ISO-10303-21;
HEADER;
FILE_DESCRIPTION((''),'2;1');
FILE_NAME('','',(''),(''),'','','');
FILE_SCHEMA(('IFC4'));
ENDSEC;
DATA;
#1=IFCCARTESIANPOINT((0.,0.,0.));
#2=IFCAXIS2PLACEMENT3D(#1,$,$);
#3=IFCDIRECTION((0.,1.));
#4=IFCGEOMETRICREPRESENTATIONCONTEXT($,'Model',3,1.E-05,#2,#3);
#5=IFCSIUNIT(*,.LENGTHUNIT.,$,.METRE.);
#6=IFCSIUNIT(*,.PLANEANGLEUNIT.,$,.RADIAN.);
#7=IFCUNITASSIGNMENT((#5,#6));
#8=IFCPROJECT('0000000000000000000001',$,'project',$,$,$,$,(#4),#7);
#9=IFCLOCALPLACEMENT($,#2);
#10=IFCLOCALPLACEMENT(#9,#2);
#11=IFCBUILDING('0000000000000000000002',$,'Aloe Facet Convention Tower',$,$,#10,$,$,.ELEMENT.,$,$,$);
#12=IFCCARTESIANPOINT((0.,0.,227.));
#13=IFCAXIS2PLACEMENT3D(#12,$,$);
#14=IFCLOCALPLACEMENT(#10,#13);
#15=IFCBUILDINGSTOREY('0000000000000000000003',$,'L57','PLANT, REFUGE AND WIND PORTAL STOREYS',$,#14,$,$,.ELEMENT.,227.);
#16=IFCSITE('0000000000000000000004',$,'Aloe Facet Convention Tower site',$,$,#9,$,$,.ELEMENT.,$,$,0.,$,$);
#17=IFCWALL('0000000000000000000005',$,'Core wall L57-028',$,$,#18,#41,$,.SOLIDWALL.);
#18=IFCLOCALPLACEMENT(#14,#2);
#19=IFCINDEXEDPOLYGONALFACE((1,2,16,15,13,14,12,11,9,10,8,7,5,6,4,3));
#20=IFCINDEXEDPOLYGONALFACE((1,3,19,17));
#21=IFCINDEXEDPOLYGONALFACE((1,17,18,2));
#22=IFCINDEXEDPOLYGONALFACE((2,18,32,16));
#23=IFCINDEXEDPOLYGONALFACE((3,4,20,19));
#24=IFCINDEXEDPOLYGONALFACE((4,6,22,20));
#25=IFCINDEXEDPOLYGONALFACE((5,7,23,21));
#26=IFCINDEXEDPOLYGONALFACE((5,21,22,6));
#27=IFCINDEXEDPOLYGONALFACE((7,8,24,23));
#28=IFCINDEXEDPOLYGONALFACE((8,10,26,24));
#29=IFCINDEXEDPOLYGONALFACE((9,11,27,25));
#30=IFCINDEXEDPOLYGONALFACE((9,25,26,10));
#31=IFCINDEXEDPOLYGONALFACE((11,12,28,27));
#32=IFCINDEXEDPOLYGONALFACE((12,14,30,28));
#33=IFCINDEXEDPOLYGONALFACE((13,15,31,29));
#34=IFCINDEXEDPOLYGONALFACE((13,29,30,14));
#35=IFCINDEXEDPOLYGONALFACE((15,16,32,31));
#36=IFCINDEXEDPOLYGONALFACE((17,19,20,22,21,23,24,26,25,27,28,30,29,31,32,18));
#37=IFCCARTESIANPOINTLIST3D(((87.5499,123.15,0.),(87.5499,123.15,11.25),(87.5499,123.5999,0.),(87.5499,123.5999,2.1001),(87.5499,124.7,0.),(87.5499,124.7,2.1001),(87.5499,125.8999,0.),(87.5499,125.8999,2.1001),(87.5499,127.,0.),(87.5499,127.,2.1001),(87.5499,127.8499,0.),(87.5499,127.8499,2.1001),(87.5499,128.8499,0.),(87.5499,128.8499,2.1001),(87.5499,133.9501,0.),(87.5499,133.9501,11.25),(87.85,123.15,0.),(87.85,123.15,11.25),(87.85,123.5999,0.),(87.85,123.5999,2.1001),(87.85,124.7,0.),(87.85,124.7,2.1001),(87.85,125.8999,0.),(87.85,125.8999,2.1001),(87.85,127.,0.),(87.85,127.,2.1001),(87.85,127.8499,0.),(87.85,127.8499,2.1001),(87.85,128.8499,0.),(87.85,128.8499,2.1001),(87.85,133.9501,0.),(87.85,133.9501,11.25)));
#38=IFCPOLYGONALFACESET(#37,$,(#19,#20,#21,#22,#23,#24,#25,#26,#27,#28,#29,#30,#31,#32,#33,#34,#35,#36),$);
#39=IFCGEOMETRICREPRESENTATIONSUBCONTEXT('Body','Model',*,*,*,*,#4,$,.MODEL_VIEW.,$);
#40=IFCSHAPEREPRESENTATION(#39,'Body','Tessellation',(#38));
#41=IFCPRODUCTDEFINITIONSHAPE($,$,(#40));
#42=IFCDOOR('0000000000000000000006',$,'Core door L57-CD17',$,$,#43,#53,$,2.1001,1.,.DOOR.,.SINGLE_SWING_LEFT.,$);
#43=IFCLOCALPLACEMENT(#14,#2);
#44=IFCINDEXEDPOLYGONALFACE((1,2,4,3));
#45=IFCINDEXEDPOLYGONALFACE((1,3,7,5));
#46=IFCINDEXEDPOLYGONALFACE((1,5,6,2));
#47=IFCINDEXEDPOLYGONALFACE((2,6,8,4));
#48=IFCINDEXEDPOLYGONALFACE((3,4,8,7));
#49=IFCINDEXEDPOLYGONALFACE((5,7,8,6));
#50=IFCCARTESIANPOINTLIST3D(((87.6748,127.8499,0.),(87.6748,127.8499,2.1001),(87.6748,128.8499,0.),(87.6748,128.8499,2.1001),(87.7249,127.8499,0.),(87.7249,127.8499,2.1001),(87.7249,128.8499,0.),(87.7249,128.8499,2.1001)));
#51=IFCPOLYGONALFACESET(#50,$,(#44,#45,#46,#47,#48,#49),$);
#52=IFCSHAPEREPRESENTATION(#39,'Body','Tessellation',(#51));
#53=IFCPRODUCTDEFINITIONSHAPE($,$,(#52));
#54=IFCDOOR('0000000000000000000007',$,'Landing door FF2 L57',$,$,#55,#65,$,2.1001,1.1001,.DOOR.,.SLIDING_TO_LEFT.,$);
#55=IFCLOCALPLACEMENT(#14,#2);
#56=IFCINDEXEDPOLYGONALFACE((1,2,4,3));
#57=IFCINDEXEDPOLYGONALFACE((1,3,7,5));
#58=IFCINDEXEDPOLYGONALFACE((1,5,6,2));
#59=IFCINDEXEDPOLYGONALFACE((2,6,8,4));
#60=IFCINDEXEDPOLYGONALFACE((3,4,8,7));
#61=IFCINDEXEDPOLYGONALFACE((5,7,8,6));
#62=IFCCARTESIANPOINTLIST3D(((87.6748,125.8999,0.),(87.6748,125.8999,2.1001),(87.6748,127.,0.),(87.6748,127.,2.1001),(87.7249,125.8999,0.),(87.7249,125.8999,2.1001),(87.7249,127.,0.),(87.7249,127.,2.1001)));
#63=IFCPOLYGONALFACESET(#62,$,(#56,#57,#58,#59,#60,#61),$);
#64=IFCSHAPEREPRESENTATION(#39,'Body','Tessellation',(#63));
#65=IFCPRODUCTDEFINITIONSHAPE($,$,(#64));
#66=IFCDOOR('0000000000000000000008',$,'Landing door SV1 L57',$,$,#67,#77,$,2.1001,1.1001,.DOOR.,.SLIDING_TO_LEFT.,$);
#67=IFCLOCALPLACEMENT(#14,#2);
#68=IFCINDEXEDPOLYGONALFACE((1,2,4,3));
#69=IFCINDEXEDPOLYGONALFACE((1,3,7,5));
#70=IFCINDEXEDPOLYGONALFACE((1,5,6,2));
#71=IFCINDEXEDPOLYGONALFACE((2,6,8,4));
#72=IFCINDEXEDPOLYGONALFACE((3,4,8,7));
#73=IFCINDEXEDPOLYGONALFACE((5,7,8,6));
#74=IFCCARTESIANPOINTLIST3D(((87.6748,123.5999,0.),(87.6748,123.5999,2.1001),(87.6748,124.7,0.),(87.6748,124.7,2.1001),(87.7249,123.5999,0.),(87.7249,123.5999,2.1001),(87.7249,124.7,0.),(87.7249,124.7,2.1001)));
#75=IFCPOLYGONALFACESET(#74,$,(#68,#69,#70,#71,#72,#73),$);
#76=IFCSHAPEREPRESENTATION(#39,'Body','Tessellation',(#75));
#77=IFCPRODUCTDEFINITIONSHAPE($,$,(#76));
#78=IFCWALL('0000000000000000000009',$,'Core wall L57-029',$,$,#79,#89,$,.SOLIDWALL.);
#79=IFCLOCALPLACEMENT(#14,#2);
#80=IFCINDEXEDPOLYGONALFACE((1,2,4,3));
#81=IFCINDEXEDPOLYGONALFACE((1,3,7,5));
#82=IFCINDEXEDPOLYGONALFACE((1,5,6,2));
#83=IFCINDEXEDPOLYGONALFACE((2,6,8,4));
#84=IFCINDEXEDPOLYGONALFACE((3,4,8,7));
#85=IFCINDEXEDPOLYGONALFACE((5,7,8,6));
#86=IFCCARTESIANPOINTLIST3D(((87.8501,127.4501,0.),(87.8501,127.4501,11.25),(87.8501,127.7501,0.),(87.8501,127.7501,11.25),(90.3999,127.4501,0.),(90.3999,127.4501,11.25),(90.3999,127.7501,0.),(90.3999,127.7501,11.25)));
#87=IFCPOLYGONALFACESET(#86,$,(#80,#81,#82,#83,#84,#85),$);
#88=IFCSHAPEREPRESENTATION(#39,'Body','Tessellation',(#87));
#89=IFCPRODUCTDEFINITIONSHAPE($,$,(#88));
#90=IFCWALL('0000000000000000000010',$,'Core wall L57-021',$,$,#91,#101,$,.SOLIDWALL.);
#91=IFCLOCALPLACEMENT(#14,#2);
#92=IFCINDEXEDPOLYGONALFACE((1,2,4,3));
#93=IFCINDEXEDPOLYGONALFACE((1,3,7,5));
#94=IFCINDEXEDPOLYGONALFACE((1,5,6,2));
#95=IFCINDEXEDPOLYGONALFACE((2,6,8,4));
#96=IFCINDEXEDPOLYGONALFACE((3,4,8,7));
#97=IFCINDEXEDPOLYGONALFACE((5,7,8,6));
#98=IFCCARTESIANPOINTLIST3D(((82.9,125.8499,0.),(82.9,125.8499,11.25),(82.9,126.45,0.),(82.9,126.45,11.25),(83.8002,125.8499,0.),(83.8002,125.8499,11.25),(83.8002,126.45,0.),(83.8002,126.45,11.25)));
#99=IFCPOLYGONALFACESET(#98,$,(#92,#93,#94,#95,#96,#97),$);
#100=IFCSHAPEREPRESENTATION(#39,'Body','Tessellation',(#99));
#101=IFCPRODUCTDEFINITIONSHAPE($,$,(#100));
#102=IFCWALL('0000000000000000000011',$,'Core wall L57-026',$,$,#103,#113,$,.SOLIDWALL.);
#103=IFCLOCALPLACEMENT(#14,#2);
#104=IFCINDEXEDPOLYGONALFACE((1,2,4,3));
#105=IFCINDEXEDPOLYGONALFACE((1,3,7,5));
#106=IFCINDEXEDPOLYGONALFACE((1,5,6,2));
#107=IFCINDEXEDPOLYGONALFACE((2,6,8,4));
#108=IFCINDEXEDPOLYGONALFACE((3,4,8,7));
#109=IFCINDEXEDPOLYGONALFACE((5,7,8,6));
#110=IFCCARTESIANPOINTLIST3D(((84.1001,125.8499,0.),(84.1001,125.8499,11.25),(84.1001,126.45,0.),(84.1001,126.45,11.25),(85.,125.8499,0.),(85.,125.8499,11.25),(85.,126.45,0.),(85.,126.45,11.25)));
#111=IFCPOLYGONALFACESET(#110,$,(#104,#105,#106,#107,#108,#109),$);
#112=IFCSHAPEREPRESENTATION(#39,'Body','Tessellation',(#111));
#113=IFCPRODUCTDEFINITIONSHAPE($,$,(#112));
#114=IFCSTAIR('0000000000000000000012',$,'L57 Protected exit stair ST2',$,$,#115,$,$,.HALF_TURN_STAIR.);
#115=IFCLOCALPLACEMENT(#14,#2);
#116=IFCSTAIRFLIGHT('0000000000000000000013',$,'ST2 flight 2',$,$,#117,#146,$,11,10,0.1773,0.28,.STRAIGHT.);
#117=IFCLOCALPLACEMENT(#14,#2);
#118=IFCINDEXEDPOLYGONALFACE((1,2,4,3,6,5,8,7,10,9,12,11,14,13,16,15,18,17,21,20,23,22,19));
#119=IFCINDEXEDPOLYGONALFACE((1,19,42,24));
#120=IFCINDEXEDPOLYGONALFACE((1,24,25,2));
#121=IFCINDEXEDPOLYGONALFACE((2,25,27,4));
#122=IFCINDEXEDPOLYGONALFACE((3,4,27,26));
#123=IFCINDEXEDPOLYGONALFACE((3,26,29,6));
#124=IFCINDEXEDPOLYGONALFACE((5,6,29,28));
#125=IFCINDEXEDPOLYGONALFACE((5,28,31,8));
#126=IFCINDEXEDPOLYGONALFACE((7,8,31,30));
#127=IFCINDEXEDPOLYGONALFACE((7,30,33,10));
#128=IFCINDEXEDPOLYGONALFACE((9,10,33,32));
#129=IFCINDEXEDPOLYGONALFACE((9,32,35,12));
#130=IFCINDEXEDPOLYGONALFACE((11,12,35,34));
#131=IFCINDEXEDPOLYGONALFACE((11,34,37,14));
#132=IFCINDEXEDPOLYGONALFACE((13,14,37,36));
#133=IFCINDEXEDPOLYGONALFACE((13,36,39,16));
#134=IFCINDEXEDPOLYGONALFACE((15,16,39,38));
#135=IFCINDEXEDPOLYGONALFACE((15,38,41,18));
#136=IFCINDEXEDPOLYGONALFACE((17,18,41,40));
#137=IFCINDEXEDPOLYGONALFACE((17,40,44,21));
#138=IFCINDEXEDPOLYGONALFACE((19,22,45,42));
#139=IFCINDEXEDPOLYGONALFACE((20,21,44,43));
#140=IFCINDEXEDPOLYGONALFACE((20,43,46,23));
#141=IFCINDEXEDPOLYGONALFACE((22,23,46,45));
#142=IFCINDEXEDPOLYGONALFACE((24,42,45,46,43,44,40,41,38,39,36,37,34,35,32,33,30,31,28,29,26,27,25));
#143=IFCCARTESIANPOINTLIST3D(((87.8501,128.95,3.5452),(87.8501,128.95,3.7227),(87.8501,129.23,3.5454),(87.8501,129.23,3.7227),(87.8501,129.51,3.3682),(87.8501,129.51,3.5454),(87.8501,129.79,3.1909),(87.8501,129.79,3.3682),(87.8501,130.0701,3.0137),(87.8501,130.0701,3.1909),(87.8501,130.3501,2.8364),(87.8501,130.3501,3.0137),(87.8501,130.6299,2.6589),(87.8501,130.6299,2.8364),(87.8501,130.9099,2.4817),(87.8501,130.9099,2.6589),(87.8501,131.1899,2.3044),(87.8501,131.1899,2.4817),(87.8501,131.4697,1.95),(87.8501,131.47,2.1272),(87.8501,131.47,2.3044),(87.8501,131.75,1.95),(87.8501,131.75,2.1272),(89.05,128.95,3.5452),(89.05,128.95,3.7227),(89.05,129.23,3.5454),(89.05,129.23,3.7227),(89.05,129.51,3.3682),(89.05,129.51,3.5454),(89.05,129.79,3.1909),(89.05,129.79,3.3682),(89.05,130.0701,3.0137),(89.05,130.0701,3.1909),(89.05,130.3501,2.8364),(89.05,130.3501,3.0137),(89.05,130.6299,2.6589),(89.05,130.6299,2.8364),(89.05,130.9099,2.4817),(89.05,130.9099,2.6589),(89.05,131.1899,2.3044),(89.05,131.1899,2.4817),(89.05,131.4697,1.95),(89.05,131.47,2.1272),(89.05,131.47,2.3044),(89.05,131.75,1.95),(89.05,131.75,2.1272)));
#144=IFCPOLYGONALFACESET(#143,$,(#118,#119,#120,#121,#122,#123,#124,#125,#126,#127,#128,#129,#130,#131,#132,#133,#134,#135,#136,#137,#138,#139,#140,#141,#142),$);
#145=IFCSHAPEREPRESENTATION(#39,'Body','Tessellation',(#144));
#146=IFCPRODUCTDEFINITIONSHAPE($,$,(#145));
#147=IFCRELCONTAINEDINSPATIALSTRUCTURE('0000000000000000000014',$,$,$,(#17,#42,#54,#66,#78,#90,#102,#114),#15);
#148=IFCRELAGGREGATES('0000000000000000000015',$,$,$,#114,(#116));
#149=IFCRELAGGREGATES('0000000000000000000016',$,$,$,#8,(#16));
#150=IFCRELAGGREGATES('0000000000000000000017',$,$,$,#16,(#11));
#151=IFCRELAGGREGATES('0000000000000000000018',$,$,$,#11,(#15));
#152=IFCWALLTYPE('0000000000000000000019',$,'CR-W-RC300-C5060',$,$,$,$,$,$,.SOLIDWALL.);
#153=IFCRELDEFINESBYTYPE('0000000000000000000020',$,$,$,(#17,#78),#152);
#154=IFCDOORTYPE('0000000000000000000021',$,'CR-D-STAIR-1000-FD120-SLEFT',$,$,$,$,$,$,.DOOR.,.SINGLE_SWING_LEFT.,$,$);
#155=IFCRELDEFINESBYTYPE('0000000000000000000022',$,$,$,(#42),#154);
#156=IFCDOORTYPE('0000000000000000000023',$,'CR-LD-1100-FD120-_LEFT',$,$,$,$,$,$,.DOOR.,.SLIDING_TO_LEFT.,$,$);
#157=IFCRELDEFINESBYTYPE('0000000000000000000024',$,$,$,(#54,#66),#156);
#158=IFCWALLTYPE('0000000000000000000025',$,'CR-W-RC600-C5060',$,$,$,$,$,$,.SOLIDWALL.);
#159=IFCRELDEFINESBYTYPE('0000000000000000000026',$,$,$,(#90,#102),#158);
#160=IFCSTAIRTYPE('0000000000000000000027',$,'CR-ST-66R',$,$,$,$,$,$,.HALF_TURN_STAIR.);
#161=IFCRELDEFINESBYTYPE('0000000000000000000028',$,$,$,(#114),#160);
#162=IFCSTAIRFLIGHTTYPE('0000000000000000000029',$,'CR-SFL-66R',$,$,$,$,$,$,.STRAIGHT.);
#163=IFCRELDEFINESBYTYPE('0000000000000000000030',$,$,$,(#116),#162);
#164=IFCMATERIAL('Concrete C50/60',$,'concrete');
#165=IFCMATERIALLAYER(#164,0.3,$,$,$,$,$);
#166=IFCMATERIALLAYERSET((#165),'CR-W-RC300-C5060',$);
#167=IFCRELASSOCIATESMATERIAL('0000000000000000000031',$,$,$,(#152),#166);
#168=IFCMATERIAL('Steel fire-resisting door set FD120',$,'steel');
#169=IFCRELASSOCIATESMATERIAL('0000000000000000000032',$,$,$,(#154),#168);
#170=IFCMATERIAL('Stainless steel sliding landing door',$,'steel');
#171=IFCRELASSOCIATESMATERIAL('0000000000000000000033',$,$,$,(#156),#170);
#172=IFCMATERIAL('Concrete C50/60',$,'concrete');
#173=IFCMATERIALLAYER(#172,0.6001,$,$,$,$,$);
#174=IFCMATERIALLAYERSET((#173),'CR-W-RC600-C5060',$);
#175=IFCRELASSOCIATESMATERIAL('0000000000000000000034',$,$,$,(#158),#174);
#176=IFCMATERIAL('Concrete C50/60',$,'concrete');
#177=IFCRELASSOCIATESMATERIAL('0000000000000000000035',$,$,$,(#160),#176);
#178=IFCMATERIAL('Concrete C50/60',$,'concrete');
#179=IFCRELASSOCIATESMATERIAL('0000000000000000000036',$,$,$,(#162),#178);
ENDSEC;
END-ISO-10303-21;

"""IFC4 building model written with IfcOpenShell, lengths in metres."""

from ifc_helpers import new_model, si_unit, direction, frame, frame_2d, origin, place, context, subcontext, project, spatial, polyline, rectangle, outline, extrude, material, layer, layer_set, type_object, element, fill, aggregate, save


model = new_model("IFC4")

# Units and contexts
model_context = context("Model", 3, precision=1e-05, world=origin(), true_north=direction((0.0, 1.0)))
body_context = subcontext(model_context, "Body", "Model", "MODEL_VIEW")
ifc_project = project(units=[si_unit("LENGTHUNIT", "METRE"), si_unit("PLANEANGLEUNIT", "RADIAN")], contexts=[model_context])

# Site, building, storey
site_placement = place(None, origin())
site = spatial("IfcSite", under=ifc_project, at=site_placement, Name="Aloe Facet Convention Tower site", CompositionType="ELEMENT", RefElevation=0.0)
building_placement = place(site_placement, origin())
building = spatial("IfcBuilding", under=site, at=building_placement, Name="Aloe Facet Convention Tower", CompositionType="ELEMENT")
storey_placement = place(building_placement, frame((0.0, 0.0, 227.0)))
storey = spatial("IfcBuildingStorey", under=building, at=storey_placement, Name="L57", Description="PLANT, REFUGE AND WIND PORTAL STOREYS", CompositionType="ELEMENT", Elevation=227.0)

# Shared definitions
ifc_material_1 = material(Name="Concrete C50/60", Category="concrete")
ifc_layer_1 = layer(ifc_material_1, 0.3)
ifc_layer_set_1 = layer_set([ifc_layer_1], Name="CR-W-RC300-C5060")
wall_type_1 = type_object("IfcWallType", Name="CR-W-RC300-C5060", PredefinedType="SOLIDWALL", material=ifc_layer_set_1)

# Wall, openings, doors
wall_1_placement = place(storey_placement, frame((87.7, 133.95, 0.0), z_axis=(0.0, 0.0, 1.0), x_axis=(0.0, -1.0, 0.0)))
wall_1 = element("IfcWall", 1, at=wall_1_placement, inside=storey, type_object=wall_type_1, Name="Core wall L57-028", PredefinedType="SOLIDWALL", context=body_context, shape_type="SweptSolid", body=[
    extrude(rectangle(XDim=10.8, YDim=0.3, at=frame_2d((5.3999, 0.0))), origin(), (0.0, 0.0, 1.0), 11.25),
])
opening_1_placement = place(wall_1_placement, frame((6.95, 0.0, 0.0)))
opening_1 = element("IfcOpeningElement", 2, at=opening_1_placement, cuts=wall_1, PredefinedType="OPENING", context=body_context, shape_type="SweptSolid", body=[
    extrude(rectangle(XDim=1.1001, YDim=2.1001, at=frame_2d((0.55, 1.05))), frame((0.0, 0.1602, 0.0), z_axis=(0.0, -1.0, 0.0), x_axis=(1.0, 0.0, 0.0)), (0.0, 0.0, 1.0), 0.3201),
])
opening_2_placement = place(wall_1_placement, frame((5.1001, 0.0, 0.0)))
opening_2 = element("IfcOpeningElement", 3, at=opening_2_placement, cuts=wall_1, PredefinedType="OPENING", context=body_context, shape_type="SweptSolid", body=[
    extrude(rectangle(XDim=1.0, YDim=2.1001, at=frame_2d((0.5, 1.05))), frame((0.0, 0.1602, 0.0), z_axis=(0.0, -1.0, 0.0), x_axis=(1.0, 0.0, 0.0)), (0.0, 0.0, 1.0), 0.3201),
])
opening_3_placement = place(wall_1_placement, frame((9.25, 0.0, 0.0)))
opening_3 = element("IfcOpeningElement", 4, at=opening_3_placement, cuts=wall_1, PredefinedType="OPENING", context=body_context, shape_type="SweptSolid", body=[
    extrude(rectangle(XDim=1.1001, YDim=2.1001, at=frame_2d((0.55, 1.05))), frame((0.0, 0.1602, 0.0), z_axis=(0.0, -1.0, 0.0), x_axis=(1.0, 0.0, 0.0)), (0.0, 0.0, 1.0), 0.3201),
])
ifc_material_2 = material(Name="Steel fire-resisting door set FD120", Category="steel")
door_type_1 = type_object("IfcDoorType", Name="CR-D-STAIR-1000-FD120-SLEFT", OperationType="SINGLE_SWING_LEFT", PredefinedType="DOOR", material=ifc_material_2)
door_1_placement = place(opening_2_placement, origin())
door_1 = element("IfcDoor", 5, at=door_1_placement, inside=storey, type_object=door_type_1, Name="Core door L57-CD17", OperationType="SINGLE_SWING_LEFT", OverallHeight=2.1001, OverallWidth=1.0, PredefinedType="DOOR", context=body_context, shape_type="SweptSolid", body=[
    extrude(rectangle(XDim=1.0, YDim=2.1001, at=frame_2d((0.5, 1.05))), frame((0.0, 0.0249, 0.0), z_axis=(0.0, -1.0, 0.0), x_axis=(1.0, 0.0, 0.0)), (0.0, 0.0, 1.0), 0.05),
])
fill(opening_2, door_1)
ifc_material_3 = material(Name="Stainless steel sliding landing door", Category="steel")
door_type_2 = type_object("IfcDoorType", Name="CR-LD-1100-FD120-_LEFT", OperationType="SLIDING_TO_LEFT", PredefinedType="DOOR", material=ifc_material_3)
door_2_placement = place(opening_1_placement, origin())
door_2 = element("IfcDoor", 6, at=door_2_placement, inside=storey, type_object=door_type_2, Name="Landing door FF2 L57", OperationType="SLIDING_TO_LEFT", OverallHeight=2.1001, OverallWidth=1.1001, PredefinedType="DOOR", context=body_context, shape_type="SweptSolid", body=[
    extrude(rectangle(XDim=1.1001, YDim=2.1001, at=frame_2d((0.55, 1.05))), frame((0.0, 0.0249, 0.0), z_axis=(0.0, -1.0, 0.0), x_axis=(1.0, 0.0, 0.0)), (0.0, 0.0, 1.0), 0.05),
])
fill(opening_1, door_2)
door_3_placement = place(opening_3_placement, origin())
door_3 = element("IfcDoor", 7, at=door_3_placement, inside=storey, type_object=door_type_2, Name="Landing door SV1 L57", OperationType="SLIDING_TO_LEFT", OverallHeight=2.1001, OverallWidth=1.1001, PredefinedType="DOOR", context=body_context, shape_type="SweptSolid", body=[
    extrude(rectangle(XDim=1.1001, YDim=2.1001, at=frame_2d((0.55, 1.05))), frame((0.0, 0.0249, 0.0), z_axis=(0.0, -1.0, 0.0), x_axis=(1.0, 0.0, 0.0)), (0.0, 0.0, 1.0), 0.05),
])
fill(opening_3, door_3)

# Walls
wall_2_placement = place(storey_placement, frame((87.8501, 127.6001, 0.0), z_axis=(0.0, 0.0, 1.0), x_axis=(1.0, 0.0, 0.0)))
element("IfcWall", 8, at=wall_2_placement, inside=storey, type_object=wall_type_1, Name="Core wall L57-029", PredefinedType="SOLIDWALL", context=body_context, shape_type="SweptSolid", body=[
    extrude(rectangle(XDim=2.5498, YDim=0.3, at=frame_2d((1.2749, 0.0))), origin(), (0.0, 0.0, 1.0), 11.25),
])
ifc_material_4 = material(Name="Concrete C50/60", Category="concrete")
ifc_layer_2 = layer(ifc_material_4, 0.6001)
ifc_layer_set_2 = layer_set([ifc_layer_2], Name="CR-W-RC600-C5060")
wall_type_2 = type_object("IfcWallType", Name="CR-W-RC600-C5060", PredefinedType="SOLIDWALL", material=ifc_layer_set_2)
wall_3_placement = place(storey_placement, frame((82.8999, 126.1499, 0.0), z_axis=(0.0, 0.0, 1.0), x_axis=(1.0, 0.0, 0.0)))
element("IfcWall", 9, at=wall_3_placement, inside=storey, type_object=wall_type_2, Name="Core wall L57-021", PredefinedType="SOLIDWALL", context=body_context, shape_type="SweptSolid", body=[
    extrude(rectangle(XDim=0.9001, YDim=0.6001, at=frame_2d((0.4502, 0.0))), origin(), (0.0, 0.0, 1.0), 11.25),
])
wall_4_placement = place(storey_placement, frame((84.1001, 126.1499, 0.0), z_axis=(0.0, 0.0, 1.0), x_axis=(1.0, 0.0, 0.0)))
element("IfcWall", 10, at=wall_4_placement, inside=storey, type_object=wall_type_2, Name="Core wall L57-026", PredefinedType="SOLIDWALL", context=body_context, shape_type="SweptSolid", body=[
    extrude(rectangle(XDim=0.8999, YDim=0.6001, at=frame_2d((0.45, 0.0))), origin(), (0.0, 0.0, 1.0), 11.25),
])

# Stair, stair flight
ifc_material_5 = material(Name="Concrete C50/60", Category="concrete")
stair_type = type_object("IfcStairType", Name="CR-ST-66R", PredefinedType="HALF_TURN_STAIR", material=ifc_material_5)
stair_placement = place(storey_placement, origin())
stair = element("IfcStair", 11, at=stair_placement, inside=storey, type_object=stair_type, Name="L57 Protected exit stair ST2", PredefinedType="HALF_TURN_STAIR")
ifc_material_6 = material(Name="Concrete C50/60", Category="concrete")
stair_flight_type = type_object("IfcStairFlightType", Name="CR-SFL-66R", PredefinedType="STRAIGHT", material=ifc_material_6)
stair_flight_placement = place(storey_placement, frame((88.45, 131.75, 1.95), z_axis=(0.0, 0.0, 1.0), x_axis=(0.0, -1.0, 0.0)))
stair_flight = element("IfcStairFlight", 12, at=stair_flight_placement, type_object=stair_flight_type, Name="ST2 flight 2", NumberOfRisers=11, NumberOfTreads=10, PredefinedType="STRAIGHT", RiserHeight=0.1773, TreadLength=0.28, context=body_context, shape_type="SweptSolid", body=[
    extrude(outline(polyline([(0.0, 0.0), (0.0, 0.1772), (0.28, 0.1772), (0.28, 0.3545), (0.5601, 0.3545), (0.5601, 0.5317), (0.8401, 0.5317), (0.8401, 0.709), (1.1201, 0.709), (1.1201, 0.8865), (1.3999, 0.8865), (1.3999, 1.0637), (1.6799, 1.0637), (1.6799, 1.241), (1.96, 1.241), (1.96, 1.4182), (2.24, 1.4182), (2.24, 1.5955), (2.52, 1.5955), (2.52, 1.7727), (2.8, 1.7727), (2.8, 1.95), (2.8, 1.5952), (0.2803, 0.0), (0.0, 0.0)])), frame((0.0, 0.6001, 0.0), z_axis=(0.0, -1.0, 0.0), x_axis=(1.0, 0.0, 0.0)), (0.0, 0.0, 1.0), 1.2),
])
aggregate(stair, [stair_flight])

save(model, "model.ifc")
